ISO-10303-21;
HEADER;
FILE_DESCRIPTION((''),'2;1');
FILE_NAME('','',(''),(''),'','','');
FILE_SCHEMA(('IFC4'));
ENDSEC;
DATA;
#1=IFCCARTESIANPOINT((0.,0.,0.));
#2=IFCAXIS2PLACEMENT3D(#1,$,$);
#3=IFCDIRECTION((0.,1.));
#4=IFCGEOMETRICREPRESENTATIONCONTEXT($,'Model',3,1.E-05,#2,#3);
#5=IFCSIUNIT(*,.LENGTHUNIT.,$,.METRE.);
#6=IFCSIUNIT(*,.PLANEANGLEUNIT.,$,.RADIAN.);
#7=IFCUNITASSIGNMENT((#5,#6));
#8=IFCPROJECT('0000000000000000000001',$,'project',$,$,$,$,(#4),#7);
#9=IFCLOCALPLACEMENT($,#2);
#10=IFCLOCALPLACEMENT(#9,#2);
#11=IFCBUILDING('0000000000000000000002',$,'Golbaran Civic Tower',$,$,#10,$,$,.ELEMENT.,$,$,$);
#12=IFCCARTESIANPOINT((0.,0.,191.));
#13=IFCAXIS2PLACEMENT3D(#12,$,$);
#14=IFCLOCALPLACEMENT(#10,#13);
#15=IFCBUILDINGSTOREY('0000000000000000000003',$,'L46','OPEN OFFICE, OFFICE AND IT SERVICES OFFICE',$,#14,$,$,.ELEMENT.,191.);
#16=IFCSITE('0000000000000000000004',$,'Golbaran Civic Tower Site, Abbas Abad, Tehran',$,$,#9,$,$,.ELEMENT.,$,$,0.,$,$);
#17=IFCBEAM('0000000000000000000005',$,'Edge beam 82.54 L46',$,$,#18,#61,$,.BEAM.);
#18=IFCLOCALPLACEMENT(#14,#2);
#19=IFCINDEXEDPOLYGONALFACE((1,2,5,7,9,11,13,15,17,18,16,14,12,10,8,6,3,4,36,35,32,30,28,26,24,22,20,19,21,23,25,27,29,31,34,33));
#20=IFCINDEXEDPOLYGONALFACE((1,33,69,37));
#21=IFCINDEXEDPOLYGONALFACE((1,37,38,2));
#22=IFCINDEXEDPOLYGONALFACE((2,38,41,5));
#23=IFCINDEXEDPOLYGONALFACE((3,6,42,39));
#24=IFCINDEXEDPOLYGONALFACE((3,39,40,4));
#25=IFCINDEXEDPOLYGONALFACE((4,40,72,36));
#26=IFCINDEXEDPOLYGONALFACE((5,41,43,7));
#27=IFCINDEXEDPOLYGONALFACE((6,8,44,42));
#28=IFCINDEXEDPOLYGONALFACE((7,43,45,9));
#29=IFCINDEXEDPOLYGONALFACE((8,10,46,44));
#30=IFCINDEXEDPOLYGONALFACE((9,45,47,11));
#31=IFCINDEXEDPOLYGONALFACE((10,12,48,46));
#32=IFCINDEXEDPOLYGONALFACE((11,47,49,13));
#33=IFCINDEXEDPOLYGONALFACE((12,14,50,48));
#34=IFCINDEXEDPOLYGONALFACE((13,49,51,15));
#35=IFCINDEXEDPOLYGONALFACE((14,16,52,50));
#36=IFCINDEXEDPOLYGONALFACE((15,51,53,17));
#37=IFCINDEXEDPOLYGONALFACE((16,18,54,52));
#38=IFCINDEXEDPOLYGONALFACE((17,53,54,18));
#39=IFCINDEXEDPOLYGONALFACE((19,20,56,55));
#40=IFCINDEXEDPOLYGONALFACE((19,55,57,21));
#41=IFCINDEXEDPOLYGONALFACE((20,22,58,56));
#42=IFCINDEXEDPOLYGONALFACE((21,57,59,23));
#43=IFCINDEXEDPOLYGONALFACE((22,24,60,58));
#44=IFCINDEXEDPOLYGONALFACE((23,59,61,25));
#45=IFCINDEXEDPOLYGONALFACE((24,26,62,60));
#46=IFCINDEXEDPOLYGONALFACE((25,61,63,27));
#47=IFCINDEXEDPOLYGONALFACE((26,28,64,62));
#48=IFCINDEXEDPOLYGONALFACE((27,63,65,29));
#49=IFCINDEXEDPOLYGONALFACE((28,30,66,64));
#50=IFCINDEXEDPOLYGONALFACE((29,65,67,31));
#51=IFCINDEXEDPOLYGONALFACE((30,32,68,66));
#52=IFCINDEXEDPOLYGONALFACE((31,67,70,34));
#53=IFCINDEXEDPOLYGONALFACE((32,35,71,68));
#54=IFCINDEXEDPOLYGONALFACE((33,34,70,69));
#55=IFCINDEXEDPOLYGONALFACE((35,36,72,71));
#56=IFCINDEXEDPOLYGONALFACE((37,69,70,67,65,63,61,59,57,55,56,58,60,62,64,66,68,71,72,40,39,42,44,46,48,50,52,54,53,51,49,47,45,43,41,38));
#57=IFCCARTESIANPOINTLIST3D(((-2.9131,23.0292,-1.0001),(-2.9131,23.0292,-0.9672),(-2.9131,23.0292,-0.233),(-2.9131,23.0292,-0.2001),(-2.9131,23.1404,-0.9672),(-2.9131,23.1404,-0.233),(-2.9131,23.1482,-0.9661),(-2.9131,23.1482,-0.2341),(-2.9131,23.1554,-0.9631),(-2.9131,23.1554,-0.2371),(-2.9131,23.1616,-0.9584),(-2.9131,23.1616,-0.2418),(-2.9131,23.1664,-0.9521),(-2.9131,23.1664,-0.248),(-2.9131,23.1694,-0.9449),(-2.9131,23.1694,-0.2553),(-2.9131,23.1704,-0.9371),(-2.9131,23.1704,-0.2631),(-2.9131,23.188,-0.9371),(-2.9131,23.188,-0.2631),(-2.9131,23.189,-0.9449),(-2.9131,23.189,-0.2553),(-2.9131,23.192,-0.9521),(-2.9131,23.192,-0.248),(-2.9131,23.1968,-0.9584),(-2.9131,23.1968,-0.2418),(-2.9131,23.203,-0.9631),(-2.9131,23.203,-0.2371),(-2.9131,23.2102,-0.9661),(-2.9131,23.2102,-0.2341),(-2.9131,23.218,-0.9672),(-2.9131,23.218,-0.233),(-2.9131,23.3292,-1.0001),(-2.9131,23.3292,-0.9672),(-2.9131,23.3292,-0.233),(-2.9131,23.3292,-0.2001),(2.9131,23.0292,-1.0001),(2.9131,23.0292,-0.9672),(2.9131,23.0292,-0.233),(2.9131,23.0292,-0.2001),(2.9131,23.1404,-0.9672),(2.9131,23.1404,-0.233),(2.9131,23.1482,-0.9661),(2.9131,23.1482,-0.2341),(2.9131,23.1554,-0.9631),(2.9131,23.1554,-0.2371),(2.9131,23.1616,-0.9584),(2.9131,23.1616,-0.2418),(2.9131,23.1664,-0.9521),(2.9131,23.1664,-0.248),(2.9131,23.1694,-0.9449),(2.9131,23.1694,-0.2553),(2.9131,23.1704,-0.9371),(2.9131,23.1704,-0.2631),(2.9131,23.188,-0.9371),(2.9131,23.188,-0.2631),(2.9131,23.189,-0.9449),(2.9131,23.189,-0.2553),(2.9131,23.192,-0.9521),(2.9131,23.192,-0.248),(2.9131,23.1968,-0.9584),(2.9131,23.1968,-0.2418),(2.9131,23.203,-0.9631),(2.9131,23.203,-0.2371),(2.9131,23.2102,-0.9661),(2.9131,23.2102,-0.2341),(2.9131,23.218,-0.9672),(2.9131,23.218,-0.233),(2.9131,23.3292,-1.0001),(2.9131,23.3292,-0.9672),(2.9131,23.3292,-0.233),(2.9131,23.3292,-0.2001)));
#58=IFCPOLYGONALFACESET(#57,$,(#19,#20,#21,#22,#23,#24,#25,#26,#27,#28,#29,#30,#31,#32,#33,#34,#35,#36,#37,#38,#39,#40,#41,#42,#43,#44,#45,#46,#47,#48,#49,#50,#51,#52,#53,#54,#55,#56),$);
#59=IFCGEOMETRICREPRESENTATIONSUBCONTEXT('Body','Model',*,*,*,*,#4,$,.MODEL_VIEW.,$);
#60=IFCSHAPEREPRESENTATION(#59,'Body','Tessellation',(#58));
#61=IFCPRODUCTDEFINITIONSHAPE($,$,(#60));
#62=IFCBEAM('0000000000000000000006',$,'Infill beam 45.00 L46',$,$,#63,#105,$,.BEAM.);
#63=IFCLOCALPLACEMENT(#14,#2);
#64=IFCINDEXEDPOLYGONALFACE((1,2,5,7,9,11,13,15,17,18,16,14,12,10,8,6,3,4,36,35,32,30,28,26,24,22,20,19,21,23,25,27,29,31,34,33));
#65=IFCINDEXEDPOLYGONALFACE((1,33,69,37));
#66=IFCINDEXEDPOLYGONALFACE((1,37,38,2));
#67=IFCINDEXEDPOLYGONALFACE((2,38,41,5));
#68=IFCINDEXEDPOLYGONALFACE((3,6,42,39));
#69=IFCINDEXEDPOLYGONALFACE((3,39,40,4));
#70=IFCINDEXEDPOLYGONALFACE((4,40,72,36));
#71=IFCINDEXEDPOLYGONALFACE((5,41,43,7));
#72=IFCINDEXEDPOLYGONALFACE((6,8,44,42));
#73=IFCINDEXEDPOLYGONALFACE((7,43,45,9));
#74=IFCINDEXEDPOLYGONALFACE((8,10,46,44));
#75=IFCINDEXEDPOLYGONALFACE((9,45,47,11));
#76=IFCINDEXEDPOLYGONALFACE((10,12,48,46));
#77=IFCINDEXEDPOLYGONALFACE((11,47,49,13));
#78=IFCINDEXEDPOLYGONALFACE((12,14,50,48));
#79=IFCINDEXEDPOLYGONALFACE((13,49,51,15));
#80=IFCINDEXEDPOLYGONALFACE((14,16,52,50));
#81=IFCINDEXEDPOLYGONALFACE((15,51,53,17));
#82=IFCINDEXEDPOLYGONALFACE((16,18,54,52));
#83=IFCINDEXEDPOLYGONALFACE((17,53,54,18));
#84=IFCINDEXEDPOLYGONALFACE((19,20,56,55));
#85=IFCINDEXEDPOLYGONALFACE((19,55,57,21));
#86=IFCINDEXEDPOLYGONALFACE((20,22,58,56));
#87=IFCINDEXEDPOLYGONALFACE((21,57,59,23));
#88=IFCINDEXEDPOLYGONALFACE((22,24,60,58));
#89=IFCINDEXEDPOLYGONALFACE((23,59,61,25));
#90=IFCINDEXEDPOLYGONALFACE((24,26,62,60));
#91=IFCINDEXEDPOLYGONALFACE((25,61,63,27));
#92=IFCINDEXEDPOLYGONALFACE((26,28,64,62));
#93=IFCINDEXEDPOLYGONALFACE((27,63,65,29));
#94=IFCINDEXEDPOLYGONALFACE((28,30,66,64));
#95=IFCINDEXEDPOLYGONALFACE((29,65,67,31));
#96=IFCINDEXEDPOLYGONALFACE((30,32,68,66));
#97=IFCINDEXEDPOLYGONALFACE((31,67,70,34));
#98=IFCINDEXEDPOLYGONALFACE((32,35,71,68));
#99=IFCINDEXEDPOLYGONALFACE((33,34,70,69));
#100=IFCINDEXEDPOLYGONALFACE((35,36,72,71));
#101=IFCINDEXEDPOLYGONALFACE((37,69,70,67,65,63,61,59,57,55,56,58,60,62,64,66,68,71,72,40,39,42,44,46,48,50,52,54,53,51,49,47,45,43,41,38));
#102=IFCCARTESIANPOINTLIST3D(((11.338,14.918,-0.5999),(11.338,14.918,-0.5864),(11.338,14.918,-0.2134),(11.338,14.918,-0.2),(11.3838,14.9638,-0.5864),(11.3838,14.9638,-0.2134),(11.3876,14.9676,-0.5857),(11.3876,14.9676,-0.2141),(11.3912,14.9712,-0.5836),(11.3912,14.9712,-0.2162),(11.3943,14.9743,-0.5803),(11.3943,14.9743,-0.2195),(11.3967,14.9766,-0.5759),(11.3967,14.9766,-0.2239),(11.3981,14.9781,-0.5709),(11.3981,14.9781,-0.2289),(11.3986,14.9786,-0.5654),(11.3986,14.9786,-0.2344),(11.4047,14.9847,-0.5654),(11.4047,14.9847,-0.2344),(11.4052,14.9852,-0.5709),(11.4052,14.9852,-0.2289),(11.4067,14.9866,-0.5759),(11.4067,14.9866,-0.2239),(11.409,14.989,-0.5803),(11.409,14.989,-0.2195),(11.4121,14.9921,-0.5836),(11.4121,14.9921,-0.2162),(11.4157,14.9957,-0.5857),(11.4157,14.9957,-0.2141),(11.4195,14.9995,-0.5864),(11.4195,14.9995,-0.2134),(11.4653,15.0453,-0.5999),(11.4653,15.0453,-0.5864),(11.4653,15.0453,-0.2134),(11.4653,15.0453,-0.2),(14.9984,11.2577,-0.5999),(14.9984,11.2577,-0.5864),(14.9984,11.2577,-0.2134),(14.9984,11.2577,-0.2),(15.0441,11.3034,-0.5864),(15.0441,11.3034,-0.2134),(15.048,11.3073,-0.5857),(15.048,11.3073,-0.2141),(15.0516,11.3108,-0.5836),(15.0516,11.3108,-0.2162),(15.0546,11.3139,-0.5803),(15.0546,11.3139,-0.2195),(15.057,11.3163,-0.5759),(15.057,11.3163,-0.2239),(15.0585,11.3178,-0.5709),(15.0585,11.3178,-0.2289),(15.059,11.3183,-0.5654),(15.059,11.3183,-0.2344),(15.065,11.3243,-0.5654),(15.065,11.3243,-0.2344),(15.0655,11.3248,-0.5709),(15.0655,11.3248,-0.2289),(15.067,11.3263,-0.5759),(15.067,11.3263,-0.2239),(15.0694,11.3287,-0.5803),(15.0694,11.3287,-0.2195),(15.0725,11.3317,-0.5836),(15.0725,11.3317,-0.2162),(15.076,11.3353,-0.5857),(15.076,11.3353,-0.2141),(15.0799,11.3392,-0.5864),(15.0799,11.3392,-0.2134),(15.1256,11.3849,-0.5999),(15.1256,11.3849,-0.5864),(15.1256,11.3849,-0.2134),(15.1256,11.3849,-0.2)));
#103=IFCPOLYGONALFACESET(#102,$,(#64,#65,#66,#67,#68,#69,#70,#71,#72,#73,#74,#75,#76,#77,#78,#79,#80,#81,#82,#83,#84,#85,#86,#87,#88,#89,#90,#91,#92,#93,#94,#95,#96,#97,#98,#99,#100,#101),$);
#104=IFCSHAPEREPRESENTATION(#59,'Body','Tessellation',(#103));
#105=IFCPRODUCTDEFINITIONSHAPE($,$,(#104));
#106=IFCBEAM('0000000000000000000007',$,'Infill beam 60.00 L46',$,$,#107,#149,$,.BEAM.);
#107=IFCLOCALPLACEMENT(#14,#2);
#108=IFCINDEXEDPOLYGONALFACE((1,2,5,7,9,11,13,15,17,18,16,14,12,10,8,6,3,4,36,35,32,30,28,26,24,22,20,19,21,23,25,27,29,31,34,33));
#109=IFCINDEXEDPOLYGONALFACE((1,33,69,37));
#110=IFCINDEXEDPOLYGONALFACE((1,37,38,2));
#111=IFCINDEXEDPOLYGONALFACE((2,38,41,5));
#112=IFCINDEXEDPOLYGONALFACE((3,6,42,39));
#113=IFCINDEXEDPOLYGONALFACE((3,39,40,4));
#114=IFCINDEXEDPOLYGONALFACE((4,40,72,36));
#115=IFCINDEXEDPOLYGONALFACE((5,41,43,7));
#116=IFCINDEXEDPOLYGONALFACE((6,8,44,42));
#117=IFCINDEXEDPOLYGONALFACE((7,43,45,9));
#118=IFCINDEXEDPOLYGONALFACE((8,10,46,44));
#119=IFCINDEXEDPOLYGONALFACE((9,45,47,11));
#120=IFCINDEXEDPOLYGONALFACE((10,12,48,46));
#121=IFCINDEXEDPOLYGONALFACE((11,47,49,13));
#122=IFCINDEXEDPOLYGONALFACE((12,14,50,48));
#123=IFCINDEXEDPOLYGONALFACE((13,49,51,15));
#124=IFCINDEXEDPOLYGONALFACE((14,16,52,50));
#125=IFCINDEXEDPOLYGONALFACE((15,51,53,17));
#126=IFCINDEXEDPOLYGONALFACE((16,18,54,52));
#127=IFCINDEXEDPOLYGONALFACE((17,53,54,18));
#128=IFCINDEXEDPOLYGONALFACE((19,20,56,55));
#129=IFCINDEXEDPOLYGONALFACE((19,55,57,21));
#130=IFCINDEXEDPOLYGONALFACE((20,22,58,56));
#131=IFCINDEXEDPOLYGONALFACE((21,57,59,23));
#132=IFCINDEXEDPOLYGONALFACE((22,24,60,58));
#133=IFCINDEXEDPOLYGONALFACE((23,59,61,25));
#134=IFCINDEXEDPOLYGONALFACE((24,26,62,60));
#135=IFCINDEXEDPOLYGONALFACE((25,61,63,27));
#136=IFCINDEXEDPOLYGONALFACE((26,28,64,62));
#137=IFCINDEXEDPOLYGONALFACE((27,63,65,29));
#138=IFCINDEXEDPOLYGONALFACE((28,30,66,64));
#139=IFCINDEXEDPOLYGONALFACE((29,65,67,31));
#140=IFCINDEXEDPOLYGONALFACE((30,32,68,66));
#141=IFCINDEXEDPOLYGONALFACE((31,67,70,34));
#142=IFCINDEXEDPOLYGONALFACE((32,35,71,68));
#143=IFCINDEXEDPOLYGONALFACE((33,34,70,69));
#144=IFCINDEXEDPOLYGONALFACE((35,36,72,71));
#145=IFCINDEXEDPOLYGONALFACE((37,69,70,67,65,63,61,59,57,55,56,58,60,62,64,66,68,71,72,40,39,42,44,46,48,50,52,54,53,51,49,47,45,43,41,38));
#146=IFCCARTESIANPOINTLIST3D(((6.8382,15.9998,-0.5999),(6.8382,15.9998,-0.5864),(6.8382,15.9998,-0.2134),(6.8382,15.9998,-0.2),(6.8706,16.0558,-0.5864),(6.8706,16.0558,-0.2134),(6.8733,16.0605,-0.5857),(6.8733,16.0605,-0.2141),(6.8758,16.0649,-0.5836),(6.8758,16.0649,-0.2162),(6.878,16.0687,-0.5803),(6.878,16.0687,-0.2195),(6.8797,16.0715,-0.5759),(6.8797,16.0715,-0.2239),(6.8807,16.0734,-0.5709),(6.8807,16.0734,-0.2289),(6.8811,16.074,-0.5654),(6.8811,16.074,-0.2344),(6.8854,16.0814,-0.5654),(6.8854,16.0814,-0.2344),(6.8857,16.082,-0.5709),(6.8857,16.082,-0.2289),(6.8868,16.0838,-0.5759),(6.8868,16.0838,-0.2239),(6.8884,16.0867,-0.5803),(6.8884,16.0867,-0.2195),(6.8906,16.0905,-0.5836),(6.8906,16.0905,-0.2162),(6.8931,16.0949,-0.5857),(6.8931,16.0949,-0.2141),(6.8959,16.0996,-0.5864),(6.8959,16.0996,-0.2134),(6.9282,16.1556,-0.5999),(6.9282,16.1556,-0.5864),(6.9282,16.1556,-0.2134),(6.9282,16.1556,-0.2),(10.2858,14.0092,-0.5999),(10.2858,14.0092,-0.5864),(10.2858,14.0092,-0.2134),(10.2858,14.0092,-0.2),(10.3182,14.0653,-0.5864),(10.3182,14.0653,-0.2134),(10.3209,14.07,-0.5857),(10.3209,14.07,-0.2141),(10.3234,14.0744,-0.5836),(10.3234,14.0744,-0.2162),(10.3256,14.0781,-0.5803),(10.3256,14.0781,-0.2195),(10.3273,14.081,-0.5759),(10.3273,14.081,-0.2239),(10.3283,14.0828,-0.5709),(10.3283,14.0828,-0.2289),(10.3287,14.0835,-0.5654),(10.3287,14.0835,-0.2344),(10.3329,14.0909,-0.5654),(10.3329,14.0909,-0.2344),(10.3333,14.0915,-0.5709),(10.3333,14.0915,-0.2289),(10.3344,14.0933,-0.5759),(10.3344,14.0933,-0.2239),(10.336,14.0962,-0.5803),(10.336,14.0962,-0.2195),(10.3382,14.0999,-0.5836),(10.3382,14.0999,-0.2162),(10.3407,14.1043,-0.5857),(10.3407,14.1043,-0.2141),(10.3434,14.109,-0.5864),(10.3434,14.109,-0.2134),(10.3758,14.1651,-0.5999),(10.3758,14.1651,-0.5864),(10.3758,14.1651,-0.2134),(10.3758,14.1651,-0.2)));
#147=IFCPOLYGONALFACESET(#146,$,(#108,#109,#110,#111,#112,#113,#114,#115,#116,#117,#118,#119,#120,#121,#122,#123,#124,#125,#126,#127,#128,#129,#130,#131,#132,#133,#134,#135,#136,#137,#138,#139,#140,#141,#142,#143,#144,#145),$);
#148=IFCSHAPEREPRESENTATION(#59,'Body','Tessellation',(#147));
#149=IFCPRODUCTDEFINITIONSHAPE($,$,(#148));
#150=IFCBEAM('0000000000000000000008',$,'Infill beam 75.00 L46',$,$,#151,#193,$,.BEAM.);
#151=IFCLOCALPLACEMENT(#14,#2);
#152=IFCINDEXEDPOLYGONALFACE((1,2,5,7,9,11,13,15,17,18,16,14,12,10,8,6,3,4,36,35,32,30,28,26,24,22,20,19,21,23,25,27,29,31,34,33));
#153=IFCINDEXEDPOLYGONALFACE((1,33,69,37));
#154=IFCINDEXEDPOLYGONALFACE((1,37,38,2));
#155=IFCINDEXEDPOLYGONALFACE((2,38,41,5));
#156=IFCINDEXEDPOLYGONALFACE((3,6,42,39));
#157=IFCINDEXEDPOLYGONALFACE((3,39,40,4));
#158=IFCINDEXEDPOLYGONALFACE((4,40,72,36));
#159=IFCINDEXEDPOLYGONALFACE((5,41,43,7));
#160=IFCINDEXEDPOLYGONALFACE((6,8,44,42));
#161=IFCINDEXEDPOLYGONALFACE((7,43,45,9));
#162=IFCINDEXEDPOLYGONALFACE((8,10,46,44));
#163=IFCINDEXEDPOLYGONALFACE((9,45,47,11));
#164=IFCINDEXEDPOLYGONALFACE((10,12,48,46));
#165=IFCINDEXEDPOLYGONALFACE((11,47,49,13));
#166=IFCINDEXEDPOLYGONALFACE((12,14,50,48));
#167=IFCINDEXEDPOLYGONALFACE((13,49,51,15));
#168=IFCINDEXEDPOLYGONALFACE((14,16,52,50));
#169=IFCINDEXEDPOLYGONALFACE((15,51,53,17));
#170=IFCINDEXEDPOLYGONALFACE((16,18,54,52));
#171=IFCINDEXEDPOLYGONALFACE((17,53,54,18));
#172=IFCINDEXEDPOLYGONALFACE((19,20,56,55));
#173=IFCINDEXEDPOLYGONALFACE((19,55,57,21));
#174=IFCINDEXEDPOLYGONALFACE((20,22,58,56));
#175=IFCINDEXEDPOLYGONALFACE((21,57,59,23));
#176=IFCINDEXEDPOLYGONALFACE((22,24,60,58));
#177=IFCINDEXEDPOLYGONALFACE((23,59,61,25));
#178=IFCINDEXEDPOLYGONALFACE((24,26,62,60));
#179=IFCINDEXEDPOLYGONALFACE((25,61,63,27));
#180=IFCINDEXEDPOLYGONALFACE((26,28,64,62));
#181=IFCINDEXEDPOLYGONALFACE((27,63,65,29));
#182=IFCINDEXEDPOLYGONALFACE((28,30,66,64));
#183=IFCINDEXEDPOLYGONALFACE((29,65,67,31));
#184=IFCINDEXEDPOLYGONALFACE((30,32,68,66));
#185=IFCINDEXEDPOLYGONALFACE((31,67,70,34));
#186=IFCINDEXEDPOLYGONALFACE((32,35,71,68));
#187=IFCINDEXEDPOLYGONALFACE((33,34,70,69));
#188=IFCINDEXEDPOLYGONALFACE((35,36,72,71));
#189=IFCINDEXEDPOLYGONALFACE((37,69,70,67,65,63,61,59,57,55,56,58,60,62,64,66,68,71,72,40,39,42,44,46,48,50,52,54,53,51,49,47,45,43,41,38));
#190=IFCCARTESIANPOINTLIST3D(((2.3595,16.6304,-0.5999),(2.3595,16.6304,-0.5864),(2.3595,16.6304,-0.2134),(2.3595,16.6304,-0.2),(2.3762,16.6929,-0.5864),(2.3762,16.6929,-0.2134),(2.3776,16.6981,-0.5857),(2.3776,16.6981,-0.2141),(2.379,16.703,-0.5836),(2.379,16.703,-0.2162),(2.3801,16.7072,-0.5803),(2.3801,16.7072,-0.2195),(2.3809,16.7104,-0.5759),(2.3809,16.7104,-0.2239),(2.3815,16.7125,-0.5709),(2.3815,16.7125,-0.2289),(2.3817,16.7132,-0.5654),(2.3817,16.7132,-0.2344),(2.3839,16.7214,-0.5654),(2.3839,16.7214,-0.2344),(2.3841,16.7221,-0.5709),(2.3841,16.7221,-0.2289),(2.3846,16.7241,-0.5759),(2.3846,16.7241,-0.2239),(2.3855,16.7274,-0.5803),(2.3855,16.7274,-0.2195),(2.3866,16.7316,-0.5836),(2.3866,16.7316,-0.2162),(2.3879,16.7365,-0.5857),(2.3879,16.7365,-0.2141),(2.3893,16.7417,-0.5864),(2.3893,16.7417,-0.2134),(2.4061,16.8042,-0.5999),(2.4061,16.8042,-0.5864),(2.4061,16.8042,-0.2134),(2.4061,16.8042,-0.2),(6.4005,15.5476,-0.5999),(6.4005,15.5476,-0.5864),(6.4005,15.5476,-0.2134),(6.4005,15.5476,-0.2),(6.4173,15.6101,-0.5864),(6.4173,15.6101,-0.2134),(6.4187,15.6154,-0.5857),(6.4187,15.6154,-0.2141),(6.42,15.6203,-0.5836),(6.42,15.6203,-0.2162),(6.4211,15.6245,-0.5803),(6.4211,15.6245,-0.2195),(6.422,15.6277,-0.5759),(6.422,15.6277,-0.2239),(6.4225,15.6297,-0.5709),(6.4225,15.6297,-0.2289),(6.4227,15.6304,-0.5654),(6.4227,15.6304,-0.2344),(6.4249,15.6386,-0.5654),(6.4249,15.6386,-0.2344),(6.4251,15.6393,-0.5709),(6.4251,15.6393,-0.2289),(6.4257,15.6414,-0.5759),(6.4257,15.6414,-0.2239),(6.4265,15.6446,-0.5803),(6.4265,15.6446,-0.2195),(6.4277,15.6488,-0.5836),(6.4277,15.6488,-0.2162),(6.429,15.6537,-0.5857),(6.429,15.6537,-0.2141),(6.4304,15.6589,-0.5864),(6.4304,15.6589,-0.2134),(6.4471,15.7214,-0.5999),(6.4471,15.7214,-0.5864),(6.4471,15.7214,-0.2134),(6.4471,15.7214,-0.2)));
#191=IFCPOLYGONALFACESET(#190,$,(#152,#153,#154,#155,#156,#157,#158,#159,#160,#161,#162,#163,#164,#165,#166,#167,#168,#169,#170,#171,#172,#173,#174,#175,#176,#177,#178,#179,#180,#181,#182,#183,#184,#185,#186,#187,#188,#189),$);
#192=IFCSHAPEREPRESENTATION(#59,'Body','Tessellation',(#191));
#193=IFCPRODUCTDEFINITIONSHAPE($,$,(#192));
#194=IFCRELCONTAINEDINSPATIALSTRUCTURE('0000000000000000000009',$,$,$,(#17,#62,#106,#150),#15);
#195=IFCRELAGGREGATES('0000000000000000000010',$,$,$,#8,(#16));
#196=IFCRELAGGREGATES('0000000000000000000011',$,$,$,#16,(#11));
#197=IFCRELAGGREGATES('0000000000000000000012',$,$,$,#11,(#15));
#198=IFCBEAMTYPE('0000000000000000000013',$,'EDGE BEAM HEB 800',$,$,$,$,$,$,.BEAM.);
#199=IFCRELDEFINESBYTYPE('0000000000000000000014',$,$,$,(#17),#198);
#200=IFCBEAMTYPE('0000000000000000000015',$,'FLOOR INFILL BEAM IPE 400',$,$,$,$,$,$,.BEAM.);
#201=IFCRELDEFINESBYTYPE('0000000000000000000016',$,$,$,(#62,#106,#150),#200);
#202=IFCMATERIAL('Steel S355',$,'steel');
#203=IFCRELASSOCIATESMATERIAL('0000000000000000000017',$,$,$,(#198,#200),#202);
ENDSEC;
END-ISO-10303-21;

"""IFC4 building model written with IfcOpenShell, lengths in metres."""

from ifc_helpers import new_model, si_unit, direction, frame, origin, origin_2d, place, context, subcontext, project, spatial, i_section, extrude, material, material_profile, profile_set, type_object, element, save


model = new_model("IFC4")

# Units and contexts
model_context = context("Model", 3, precision=1e-05, world=origin(), true_north=direction((0.0, 1.0)))
body_context = subcontext(model_context, "Body", "Model", "MODEL_VIEW")
ifc_project = project(units=[si_unit("LENGTHUNIT", "METRE"), si_unit("PLANEANGLEUNIT", "RADIAN")], contexts=[model_context])

# Site, building, storey
site_placement = place(None, origin())
site = spatial("IfcSite", under=ifc_project, at=site_placement, Name="Golbaran Civic Tower Site, Abbas Abad, Tehran", CompositionType="ELEMENT", RefElevation=0.0)
building_placement = place(site_placement, origin())
building = spatial("IfcBuilding", under=site, at=building_placement, Name="Golbaran Civic Tower", CompositionType="ELEMENT")
storey_placement = place(building_placement, frame((0.0, 0.0, 191.0)))
storey = spatial("IfcBuildingStorey", under=building, at=storey_placement, Name="L46", Description="OPEN OFFICE, OFFICE AND IT SERVICES OFFICE", CompositionType="ELEMENT", Elevation=191.0)

# Beams
ifc_material_1 = material(Name="Steel S355", Category="steel")
ifc_material_profile_1 = material_profile(ifc_material_1, i_section(OverallWidth=0.3, OverallDepth=0.8, WebThickness=0.0176, FlangeThickness=0.033, FilletRadius=0.03, at=origin_2d()), Name="HEB 800")
ifc_profile_set_1 = profile_set([ifc_material_profile_1], Name="Steel S355")
beam_type_1 = type_object("IfcBeamType", Name="EDGE BEAM HEB 800", PredefinedType="BEAM", material=ifc_profile_set_1)
beam_1_placement = place(storey_placement, frame((2.9131, 23.1792, -0.6001), z_axis=(-1.0, 0.0, 0.0), x_axis=(0.0, -1.0, 0.0)))
element("IfcBeam", 1, at=beam_1_placement, inside=storey, type_object=beam_type_1, Name="Edge beam 82.54 L46", PredefinedType="BEAM", context=body_context, shape_type="SweptSolid", body=[
    extrude(i_section(OverallWidth=0.3, OverallDepth=0.8, WebThickness=0.0176, FlangeThickness=0.033, FilletRadius=0.03, at=origin_2d()), origin(), (0.0, 0.0, 1.0), 5.8262),
])
ifc_material_profile_2 = material_profile(ifc_material_1, i_section(OverallWidth=0.1799, OverallDepth=0.3999, WebThickness=0.0085, FlangeThickness=0.0134, FilletRadius=0.021, at=origin_2d()), Name="IPE 400")
ifc_profile_set_2 = profile_set([ifc_material_profile_2], Name="Steel S355")
beam_type_2 = type_object("IfcBeamType", Name="FLOOR INFILL BEAM IPE 400", PredefinedType="BEAM", material=ifc_profile_set_2)
beam_2_placement = place(storey_placement, frame((15.062, 11.3213, -0.3999), z_axis=(-0.707107, 0.707107, 0.0), x_axis=(-0.707107, -0.707107, 0.0)))
element("IfcBeam", 2, at=beam_2_placement, inside=storey, type_object=beam_type_2, Name="Infill beam 45.00 L46", PredefinedType="BEAM", context=body_context, shape_type="SweptSolid", body=[
    extrude(i_section(OverallWidth=0.1799, OverallDepth=0.3999, WebThickness=0.0085, FlangeThickness=0.0134, FilletRadius=0.021, at=origin_2d()), origin(), (0.0, 0.0, 1.0), 5.1765),
])
beam_3_placement = place(storey_placement, frame((10.3308, 14.0872, -0.3999), z_axis=(-0.866019, 0.500011, 0.0), x_axis=(-0.500011, -0.866019, 0.0)))
element("IfcBeam", 3, at=beam_3_placement, inside=storey, type_object=beam_type_2, Name="Infill beam 60.00 L46", PredefinedType="BEAM", context=body_context, shape_type="SweptSolid", body=[
    extrude(i_section(OverallWidth=0.1799, OverallDepth=0.3999, WebThickness=0.0085, FlangeThickness=0.0134, FilletRadius=0.021, at=origin_2d()), origin(), (0.0, 0.0, 1.0), 3.981),
])
beam_4_placement = place(storey_placement, frame((6.4238, 15.6345, -0.3999), z_axis=(-0.965927, 0.258814, 0.0), x_axis=(-0.258814, -0.965927, 0.0)))
element("IfcBeam", 4, at=beam_4_placement, inside=storey, type_object=beam_type_2, Name="Infill beam 75.00 L46", PredefinedType="BEAM", context=body_context, shape_type="SweptSolid", body=[
    extrude(i_section(OverallWidth=0.1799, OverallDepth=0.3999, WebThickness=0.0085, FlangeThickness=0.0134, FilletRadius=0.021, at=origin_2d()), origin(), (0.0, 0.0, 1.0), 4.1836),
])

save(model, "model.ifc")
